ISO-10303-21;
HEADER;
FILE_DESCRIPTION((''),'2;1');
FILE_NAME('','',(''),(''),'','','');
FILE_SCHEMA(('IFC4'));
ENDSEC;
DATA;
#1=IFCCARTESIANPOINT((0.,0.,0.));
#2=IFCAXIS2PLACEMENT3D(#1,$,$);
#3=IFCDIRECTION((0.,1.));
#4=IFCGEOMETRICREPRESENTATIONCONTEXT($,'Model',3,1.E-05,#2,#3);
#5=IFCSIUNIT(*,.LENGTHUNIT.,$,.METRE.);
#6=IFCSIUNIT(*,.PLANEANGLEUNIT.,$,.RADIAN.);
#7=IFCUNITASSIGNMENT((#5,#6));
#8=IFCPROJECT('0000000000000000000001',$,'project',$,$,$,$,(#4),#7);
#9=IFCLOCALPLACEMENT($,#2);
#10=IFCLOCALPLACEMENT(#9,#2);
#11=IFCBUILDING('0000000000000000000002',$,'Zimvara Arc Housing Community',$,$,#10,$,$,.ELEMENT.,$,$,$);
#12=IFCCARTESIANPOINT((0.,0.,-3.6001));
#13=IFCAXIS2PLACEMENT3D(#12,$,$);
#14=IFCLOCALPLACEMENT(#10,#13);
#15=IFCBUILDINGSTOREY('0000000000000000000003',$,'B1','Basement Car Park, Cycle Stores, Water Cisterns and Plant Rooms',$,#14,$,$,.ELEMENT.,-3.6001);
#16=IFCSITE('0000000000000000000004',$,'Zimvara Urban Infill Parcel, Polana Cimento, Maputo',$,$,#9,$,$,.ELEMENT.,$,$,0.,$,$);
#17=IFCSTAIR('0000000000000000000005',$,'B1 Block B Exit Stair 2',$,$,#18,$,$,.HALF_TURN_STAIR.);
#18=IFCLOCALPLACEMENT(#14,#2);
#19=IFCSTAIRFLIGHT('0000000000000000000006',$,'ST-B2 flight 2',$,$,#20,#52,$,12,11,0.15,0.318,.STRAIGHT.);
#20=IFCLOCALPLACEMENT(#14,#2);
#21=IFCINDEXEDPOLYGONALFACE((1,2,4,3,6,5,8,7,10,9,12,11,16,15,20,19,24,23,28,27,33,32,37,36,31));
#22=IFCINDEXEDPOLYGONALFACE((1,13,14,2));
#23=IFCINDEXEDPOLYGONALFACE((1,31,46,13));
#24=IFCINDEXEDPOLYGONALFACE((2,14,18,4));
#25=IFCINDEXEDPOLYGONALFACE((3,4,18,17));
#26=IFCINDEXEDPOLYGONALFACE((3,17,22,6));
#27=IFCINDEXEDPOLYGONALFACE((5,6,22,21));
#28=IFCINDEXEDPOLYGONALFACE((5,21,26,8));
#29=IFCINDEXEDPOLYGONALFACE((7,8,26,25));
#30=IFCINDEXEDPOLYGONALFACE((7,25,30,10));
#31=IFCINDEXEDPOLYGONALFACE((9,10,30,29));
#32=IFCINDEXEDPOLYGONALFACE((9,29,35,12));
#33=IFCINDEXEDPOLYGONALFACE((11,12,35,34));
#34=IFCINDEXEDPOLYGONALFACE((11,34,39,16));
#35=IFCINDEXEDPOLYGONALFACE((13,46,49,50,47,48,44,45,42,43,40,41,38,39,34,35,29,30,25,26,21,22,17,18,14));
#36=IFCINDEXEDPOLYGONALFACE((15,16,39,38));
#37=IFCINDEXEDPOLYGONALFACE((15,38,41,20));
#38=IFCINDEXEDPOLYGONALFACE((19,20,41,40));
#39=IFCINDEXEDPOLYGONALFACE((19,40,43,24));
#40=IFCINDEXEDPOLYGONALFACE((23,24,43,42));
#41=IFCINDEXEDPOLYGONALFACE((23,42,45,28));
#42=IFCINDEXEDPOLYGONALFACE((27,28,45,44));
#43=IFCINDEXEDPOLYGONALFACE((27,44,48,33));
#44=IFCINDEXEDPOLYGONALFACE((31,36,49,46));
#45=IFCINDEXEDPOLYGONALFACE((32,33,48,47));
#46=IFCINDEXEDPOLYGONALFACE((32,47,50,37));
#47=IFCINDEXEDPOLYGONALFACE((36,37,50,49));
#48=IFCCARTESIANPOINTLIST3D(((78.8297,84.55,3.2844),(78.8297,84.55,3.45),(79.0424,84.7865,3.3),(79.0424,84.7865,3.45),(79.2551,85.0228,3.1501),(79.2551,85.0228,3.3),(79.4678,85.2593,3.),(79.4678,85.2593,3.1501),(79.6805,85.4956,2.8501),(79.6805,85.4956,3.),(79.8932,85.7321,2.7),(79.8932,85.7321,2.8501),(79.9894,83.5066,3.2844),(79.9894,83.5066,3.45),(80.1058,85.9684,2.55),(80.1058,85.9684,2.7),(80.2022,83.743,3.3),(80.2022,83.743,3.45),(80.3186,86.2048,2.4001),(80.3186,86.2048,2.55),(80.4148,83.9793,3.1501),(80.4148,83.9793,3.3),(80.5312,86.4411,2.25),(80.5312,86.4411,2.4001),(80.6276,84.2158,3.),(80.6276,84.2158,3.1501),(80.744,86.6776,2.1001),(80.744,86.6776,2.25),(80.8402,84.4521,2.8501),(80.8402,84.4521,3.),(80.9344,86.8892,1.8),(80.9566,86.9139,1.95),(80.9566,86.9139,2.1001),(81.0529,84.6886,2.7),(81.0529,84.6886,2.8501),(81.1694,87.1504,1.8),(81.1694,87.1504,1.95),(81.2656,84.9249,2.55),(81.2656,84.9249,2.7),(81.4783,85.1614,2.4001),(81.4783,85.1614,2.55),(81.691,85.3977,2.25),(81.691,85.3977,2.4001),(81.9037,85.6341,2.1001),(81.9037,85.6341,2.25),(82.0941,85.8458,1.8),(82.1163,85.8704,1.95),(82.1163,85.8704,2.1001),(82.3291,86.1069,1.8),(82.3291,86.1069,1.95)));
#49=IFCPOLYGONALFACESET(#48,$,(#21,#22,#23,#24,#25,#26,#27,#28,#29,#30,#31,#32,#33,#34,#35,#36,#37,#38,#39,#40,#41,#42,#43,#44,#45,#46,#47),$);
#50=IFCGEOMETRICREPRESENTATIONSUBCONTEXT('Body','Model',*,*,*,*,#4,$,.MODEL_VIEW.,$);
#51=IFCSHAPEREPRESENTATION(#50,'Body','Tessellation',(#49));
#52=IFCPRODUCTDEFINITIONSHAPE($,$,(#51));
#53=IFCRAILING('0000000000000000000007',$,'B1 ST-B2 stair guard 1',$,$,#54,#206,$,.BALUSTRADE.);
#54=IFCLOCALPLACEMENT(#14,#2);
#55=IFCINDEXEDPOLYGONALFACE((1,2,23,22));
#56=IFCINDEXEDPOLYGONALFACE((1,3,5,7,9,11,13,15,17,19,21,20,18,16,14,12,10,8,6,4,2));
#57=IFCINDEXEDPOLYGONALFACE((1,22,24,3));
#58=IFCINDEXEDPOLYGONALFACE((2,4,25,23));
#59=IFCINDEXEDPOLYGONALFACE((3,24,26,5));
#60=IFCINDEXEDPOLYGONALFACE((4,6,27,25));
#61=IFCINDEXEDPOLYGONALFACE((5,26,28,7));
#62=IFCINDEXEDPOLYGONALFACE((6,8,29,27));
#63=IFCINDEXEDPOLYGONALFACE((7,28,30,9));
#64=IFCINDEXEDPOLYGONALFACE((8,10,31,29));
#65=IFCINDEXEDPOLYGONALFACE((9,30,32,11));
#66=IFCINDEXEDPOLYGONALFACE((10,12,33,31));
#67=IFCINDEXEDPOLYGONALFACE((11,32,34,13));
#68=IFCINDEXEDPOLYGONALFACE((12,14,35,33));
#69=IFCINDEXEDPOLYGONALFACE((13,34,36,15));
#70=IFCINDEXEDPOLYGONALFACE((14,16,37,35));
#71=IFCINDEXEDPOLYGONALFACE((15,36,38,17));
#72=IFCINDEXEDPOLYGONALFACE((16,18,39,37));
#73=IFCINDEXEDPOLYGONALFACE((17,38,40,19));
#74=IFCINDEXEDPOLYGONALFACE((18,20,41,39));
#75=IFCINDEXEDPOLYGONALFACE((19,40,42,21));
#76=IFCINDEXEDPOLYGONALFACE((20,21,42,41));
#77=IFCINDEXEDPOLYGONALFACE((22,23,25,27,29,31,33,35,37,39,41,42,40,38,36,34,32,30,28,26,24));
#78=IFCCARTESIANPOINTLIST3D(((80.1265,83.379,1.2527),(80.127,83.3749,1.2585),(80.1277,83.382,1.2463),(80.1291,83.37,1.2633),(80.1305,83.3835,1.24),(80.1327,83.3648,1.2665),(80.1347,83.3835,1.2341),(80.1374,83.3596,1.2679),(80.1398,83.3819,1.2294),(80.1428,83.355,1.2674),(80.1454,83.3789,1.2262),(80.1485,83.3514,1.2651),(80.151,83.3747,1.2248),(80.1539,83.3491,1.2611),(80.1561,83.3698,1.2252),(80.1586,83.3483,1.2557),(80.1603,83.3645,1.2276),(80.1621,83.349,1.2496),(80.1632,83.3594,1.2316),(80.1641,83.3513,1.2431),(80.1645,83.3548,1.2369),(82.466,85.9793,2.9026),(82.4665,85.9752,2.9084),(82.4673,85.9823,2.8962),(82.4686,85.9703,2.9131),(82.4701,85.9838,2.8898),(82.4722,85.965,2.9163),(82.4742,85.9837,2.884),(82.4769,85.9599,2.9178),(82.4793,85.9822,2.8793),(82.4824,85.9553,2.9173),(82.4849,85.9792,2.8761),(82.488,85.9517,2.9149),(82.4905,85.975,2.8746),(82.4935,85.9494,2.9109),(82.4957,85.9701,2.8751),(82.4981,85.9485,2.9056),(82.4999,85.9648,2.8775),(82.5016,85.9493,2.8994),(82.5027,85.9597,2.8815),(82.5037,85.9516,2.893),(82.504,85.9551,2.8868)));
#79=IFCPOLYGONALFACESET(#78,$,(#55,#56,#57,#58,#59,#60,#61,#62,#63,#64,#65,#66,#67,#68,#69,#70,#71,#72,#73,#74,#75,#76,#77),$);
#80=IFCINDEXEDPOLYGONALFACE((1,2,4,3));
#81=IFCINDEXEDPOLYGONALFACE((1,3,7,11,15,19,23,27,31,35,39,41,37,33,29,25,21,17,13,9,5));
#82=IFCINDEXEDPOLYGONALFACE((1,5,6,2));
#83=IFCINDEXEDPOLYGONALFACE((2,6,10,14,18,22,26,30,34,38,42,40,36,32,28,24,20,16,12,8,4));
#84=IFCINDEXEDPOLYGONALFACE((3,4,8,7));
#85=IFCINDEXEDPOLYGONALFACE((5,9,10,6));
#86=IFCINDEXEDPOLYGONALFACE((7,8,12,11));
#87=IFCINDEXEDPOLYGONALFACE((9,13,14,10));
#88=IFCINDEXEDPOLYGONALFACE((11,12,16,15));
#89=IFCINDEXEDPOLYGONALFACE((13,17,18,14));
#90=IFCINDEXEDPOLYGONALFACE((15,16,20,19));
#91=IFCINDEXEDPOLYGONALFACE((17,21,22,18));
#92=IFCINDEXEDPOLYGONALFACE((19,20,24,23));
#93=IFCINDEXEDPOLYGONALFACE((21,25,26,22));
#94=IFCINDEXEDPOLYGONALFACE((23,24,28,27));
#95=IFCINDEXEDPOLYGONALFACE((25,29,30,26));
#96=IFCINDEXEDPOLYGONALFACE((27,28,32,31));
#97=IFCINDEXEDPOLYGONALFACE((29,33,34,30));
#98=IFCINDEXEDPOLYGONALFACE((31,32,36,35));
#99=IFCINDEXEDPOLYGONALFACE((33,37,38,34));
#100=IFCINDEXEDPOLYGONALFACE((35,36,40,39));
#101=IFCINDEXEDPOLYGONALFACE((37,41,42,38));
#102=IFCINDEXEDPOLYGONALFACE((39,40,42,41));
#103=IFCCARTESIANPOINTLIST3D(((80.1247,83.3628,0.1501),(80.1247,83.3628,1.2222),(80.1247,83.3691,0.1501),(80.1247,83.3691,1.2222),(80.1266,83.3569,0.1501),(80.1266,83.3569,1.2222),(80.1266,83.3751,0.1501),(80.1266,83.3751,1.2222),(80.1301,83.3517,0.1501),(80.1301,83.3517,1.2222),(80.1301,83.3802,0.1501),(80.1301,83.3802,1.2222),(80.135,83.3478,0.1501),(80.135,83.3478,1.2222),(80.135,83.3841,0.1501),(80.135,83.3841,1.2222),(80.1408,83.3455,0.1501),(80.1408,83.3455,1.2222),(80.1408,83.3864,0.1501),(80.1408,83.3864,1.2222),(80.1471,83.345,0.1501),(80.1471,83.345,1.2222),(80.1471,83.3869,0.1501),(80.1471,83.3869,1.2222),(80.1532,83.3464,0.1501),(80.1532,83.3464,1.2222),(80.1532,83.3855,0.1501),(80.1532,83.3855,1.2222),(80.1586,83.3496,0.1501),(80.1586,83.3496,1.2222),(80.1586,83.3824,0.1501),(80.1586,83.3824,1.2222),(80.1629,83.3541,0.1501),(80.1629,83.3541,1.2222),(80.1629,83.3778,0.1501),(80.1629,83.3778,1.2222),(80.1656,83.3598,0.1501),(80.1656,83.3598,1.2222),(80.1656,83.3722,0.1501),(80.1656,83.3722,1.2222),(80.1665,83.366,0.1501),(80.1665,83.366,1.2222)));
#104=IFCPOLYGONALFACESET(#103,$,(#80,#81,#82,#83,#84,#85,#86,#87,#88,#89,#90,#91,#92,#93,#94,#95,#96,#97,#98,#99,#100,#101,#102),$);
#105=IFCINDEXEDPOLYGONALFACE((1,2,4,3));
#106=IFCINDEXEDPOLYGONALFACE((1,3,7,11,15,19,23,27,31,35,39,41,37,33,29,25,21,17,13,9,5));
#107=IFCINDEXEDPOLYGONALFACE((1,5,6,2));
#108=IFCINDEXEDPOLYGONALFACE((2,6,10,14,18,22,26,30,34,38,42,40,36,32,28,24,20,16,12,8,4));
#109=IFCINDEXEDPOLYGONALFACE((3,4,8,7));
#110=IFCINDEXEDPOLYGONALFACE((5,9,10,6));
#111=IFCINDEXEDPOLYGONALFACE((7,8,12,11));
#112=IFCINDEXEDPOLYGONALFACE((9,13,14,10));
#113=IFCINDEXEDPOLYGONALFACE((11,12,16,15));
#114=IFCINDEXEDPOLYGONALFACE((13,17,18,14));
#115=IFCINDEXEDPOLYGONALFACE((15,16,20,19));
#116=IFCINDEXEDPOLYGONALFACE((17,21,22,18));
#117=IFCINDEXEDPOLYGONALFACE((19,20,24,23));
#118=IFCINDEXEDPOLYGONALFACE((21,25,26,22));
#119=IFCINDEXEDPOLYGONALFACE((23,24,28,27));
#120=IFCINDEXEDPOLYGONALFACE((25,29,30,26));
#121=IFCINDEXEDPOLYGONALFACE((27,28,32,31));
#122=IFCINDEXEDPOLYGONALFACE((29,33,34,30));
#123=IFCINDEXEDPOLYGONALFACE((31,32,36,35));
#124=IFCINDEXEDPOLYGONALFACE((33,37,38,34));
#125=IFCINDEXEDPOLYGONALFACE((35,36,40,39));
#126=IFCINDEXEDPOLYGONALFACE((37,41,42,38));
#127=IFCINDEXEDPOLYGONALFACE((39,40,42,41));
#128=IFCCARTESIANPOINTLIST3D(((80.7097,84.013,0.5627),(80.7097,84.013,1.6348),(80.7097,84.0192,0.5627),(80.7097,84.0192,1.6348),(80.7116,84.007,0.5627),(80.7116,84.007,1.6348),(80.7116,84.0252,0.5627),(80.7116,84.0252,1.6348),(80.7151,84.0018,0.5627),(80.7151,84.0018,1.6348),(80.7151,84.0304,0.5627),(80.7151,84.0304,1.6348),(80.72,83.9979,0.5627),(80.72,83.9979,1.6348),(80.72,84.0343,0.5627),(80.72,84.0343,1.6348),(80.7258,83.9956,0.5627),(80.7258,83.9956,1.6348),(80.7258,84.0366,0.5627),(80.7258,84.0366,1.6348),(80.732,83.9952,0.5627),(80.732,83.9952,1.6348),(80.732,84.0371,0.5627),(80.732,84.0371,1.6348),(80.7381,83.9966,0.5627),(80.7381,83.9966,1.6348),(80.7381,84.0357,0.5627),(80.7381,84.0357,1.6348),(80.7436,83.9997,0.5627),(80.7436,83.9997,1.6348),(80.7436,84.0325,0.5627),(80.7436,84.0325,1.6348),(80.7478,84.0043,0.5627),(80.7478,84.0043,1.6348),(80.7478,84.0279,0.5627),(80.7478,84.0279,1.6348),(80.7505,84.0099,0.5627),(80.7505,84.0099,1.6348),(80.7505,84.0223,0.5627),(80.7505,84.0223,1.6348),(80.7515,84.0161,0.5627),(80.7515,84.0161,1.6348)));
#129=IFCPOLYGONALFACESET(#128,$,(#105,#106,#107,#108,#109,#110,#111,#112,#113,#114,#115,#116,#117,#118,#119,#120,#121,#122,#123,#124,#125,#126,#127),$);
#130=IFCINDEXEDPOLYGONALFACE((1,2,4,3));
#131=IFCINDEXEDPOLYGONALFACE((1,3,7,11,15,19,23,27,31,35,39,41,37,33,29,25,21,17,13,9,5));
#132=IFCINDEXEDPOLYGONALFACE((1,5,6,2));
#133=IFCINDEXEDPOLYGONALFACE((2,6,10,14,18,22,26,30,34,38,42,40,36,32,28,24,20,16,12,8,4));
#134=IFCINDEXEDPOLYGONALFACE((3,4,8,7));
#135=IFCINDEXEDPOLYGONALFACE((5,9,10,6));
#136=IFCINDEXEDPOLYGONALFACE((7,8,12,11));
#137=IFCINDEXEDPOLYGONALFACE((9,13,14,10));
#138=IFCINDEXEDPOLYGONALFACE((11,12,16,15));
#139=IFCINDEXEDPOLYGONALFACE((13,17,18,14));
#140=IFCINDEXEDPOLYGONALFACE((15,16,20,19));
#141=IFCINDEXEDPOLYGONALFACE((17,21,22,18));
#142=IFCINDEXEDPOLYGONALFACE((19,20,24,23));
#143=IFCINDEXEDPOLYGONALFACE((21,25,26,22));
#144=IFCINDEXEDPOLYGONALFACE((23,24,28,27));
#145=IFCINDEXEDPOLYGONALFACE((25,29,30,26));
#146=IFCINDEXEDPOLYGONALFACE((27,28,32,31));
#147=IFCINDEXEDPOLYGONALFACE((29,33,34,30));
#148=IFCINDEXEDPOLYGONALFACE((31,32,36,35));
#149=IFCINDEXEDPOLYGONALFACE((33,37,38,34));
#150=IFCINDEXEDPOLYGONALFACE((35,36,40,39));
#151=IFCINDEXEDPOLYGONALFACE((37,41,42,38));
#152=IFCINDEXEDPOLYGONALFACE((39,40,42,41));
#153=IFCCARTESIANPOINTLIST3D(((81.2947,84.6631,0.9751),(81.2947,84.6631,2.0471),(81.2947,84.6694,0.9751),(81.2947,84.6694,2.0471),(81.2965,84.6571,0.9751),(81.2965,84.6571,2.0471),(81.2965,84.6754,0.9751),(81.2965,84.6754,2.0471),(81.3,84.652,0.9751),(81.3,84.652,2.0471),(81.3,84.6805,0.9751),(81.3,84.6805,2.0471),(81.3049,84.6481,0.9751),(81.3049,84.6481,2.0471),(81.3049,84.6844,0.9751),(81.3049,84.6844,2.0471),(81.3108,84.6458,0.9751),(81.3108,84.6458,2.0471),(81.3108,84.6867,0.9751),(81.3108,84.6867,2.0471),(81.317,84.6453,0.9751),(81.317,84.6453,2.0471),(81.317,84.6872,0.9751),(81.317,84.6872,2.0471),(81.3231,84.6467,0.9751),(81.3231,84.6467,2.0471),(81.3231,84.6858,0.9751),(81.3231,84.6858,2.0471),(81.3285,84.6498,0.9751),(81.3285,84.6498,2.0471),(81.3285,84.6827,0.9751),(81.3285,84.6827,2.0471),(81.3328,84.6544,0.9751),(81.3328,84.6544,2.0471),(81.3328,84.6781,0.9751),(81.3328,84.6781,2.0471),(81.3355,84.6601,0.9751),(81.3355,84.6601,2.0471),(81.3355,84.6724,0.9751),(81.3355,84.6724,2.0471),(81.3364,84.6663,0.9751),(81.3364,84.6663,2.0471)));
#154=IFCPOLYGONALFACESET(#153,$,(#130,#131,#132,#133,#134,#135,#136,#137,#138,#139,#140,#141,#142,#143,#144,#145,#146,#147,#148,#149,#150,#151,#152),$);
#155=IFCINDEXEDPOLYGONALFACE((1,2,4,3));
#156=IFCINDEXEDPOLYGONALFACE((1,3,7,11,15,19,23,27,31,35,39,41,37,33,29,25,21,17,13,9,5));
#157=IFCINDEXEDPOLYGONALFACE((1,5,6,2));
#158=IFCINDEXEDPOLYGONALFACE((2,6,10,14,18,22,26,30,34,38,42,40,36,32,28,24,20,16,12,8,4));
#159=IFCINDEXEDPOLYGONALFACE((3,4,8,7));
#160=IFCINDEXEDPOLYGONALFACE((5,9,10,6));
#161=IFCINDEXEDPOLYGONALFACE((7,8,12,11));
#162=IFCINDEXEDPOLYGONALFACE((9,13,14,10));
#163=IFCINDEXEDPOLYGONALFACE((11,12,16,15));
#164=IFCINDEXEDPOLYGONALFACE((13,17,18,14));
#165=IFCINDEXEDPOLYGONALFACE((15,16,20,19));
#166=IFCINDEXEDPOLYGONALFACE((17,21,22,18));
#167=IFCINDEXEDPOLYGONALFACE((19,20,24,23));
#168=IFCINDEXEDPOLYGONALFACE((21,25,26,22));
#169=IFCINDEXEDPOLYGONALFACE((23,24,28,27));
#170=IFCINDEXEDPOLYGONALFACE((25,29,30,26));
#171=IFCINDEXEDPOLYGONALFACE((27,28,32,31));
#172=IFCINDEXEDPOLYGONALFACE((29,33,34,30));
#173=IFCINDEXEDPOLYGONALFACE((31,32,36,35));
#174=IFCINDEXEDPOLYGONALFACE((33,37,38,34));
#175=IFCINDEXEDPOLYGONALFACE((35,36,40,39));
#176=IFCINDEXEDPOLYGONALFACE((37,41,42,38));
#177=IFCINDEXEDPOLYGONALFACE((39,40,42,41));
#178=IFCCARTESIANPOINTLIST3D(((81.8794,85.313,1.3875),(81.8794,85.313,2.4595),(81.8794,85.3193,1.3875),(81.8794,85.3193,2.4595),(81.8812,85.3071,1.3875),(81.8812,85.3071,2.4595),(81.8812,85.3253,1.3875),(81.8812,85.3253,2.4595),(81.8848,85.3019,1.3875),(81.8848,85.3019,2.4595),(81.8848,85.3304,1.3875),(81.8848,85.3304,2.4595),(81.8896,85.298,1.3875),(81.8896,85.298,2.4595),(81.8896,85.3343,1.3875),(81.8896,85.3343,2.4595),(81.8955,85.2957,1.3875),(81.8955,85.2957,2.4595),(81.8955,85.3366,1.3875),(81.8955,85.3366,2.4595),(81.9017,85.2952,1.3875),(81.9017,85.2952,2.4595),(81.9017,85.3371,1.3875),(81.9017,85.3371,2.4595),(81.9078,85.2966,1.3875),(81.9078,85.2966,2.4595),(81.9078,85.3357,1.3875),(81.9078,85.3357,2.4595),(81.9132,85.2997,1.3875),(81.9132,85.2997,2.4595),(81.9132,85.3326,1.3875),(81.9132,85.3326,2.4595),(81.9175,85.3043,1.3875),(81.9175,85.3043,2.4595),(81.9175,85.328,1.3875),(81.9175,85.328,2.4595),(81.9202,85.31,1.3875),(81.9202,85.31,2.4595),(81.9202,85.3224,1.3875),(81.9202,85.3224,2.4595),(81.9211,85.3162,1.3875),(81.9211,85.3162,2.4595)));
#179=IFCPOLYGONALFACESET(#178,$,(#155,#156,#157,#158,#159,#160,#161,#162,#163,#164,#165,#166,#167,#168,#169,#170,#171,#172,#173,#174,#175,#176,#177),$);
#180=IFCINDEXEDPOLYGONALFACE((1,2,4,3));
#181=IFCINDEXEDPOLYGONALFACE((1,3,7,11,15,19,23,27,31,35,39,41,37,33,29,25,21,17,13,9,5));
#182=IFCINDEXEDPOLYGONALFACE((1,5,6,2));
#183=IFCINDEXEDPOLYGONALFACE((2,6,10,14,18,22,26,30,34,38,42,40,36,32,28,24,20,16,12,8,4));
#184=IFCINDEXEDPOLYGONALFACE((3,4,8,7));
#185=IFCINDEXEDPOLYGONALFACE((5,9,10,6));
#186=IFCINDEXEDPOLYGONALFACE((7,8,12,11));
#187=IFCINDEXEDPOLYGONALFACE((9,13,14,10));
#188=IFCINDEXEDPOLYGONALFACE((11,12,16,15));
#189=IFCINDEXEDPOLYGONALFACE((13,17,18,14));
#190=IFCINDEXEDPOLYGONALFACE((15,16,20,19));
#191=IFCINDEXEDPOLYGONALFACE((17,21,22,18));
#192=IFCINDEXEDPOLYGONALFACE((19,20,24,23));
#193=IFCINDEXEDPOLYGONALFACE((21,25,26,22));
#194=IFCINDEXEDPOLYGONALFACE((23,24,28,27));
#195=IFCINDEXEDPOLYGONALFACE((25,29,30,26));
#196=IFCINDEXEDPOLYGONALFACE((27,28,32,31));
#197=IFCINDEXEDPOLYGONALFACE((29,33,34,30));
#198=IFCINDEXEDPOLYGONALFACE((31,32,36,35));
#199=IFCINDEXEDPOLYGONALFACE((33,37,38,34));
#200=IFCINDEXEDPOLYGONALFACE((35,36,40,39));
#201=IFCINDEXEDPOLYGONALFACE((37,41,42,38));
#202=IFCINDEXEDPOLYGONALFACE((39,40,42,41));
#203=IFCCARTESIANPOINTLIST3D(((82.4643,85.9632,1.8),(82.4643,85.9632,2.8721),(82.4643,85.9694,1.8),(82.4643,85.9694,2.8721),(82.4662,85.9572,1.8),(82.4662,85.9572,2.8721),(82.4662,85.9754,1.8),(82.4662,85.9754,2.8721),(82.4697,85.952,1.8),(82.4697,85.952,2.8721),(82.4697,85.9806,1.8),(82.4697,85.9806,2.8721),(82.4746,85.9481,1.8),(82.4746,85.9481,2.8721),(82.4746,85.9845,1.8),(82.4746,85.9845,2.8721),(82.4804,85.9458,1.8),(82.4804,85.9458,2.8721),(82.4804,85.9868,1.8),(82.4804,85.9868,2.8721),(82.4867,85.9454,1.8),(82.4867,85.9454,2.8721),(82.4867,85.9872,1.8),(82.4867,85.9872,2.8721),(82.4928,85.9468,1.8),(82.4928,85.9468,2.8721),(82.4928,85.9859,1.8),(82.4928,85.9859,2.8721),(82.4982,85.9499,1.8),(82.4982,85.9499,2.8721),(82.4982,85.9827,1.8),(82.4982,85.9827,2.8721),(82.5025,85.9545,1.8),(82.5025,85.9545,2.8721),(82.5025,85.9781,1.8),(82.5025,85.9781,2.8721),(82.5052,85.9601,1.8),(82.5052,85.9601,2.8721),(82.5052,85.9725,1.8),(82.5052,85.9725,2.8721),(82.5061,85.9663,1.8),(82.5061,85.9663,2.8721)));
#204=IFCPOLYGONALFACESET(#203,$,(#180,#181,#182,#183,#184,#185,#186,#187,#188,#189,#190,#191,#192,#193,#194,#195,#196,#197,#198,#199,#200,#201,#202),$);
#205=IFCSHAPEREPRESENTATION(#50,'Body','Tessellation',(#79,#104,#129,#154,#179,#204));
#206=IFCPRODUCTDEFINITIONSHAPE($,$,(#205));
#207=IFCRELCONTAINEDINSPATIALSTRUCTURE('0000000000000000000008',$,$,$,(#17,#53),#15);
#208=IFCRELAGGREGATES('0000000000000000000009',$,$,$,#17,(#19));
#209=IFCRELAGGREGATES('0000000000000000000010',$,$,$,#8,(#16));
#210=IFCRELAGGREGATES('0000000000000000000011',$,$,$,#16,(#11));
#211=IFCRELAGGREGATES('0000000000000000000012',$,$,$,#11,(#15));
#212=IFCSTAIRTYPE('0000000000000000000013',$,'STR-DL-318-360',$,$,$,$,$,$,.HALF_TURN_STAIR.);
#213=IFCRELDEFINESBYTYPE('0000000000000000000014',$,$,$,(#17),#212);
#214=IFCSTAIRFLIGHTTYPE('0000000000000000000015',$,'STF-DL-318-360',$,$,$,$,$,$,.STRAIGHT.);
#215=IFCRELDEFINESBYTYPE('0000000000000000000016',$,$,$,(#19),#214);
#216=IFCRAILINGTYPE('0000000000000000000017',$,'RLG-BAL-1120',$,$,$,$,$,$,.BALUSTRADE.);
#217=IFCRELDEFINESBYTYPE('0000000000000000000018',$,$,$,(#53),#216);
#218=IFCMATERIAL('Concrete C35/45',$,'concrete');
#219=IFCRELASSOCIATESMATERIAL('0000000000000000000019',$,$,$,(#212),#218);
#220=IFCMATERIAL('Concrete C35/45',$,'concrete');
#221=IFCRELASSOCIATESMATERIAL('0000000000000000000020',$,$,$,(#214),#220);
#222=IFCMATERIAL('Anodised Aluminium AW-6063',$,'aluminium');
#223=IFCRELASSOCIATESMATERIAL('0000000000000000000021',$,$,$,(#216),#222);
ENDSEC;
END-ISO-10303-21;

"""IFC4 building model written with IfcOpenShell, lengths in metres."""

from ifc_helpers import new_model, si_unit, direction, frame, origin, origin_2d, place, context, subcontext, project, spatial, polyline, circle, outline, extrude, material, type_object, element, aggregate, save


model = new_model("IFC4")

# Units and contexts
model_context = context("Model", 3, precision=1e-05, world=origin(), true_north=direction((0.0, 1.0)))
body_context = subcontext(model_context, "Body", "Model", "MODEL_VIEW")
ifc_project = project(units=[si_unit("LENGTHUNIT", "METRE"), si_unit("PLANEANGLEUNIT", "RADIAN")], contexts=[model_context])

# Site, building, storey
site_placement = place(None, origin())
site = spatial("IfcSite", under=ifc_project, at=site_placement, Name="Zimvara Urban Infill Parcel, Polana Cimento, Maputo", CompositionType="ELEMENT", RefElevation=0.0)
building_placement = place(site_placement, origin())
building = spatial("IfcBuilding", under=site, at=building_placement, Name="Zimvara Arc Housing Community", CompositionType="ELEMENT")
storey_placement = place(building_placement, frame((0.0, 0.0, -3.6001)))
storey = spatial("IfcBuildingStorey", under=building, at=storey_placement, Name="B1", Description="Basement Car Park, Cycle Stores, Water Cisterns and Plant Rooms", CompositionType="ELEMENT", Elevation=-3.6001)

# Stair, stair flight
ifc_material_1 = material(Name="Concrete C35/45", Category="concrete")
stair_type = type_object("IfcStairType", Name="STR-DL-318-360", PredefinedType="HALF_TURN_STAIR", material=ifc_material_1)
stair_placement = place(storey_placement, origin())
stair = element("IfcStair", 1, at=stair_placement, inside=storey, type_object=stair_type, Name="B1 Block B Exit Stair 2", PredefinedType="HALF_TURN_STAIR")
ifc_material_2 = material(Name="Concrete C35/45", Category="concrete")
stair_flight_type = type_object("IfcStairFlightType", Name="STF-DL-318-360", PredefinedType="STRAIGHT", material=ifc_material_2)
stair_flight_placement = place(storey_placement, frame((81.7493, 86.6287, 1.8), z_axis=(0.0, 0.0, 1.0), x_axis=(-0.668871, -0.743378, 0.0)))
stair_flight = element("IfcStairFlight", 2, at=stair_flight_placement, type_object=stair_flight_type, Name="ST-B2 flight 2", NumberOfRisers=12, NumberOfTreads=11, PredefinedType="STRAIGHT", RiserHeight=0.15, TreadLength=0.318, context=body_context, shape_type="SweptSolid", body=[
    extrude(outline(polyline([(0.0, 0.0), (0.0, 0.1499), (0.3181, 0.1499), (0.3181, 0.3), (0.636, 0.3), (0.636, 0.45), (0.9541, 0.45), (0.9541, 0.6001), (1.272, 0.6001), (1.272, 0.75), (1.5901, 0.75), (1.5901, 0.8999), (1.908, 0.8999), (1.908, 1.05), (2.2261, 1.05), (2.2261, 1.2), (2.5439, 1.2), (2.5439, 1.3501), (2.8621, 1.3501), (2.8621, 1.5), (3.1799, 1.5), (3.1799, 1.6499), (3.498, 1.6499), (3.498, 1.8), (3.498, 1.4844), (0.3513, 0.0), (0.0, 0.0)])), frame((0.0, 0.78, 0.0), z_axis=(0.0, -1.0, 0.0), x_axis=(1.0, 0.0, 0.0)), (0.0, 0.0, 1.0), 1.5601),
])
aggregate(stair, [stair_flight])

# Railing
ifc_material_3 = material(Name="Anodised Aluminium AW-6063", Category="aluminium")
railing_type_1 = type_object("IfcRailingType", Name="RLG-BAL-1120", PredefinedType="BALUSTRADE", material=ifc_material_3)
railing_1_placement = place(storey_placement, frame((80.1455, 83.366, 0.1501)))
element("IfcRailing", 3, at=railing_1_placement, inside=storey, type_object=railing_type_1, Name="B1 ST-B2 stair guard 1", PredefinedType="BALUSTRADE", context=body_context, shape_type="SweptSolid", body=[
    extrude(circle(Radius=0.0239, at=origin_2d()), frame((0.0, 0.0, 1.0962), z_axis=(0.604936, 0.672354, 0.426605), x_axis=(-0.743395, 0.668853, 0.0)), (0.0, 0.0, 1.0), 3.8674),
    extrude(circle(Radius=0.021, at=origin_2d()), origin(), (0.0, 0.0, 1.0), 1.072),
    extrude(circle(Radius=0.021, at=origin_2d()), frame((0.585, 0.6501, 0.4126)), (0.0, 0.0, 1.0), 1.072),
    extrude(circle(Radius=0.021, at=origin_2d()), frame((1.1699, 1.3003, 0.825)), (0.0, 0.0, 1.0), 1.072),
    extrude(circle(Radius=0.021, at=origin_2d()), frame((1.7546, 1.9502, 1.2373)), (0.0, 0.0, 1.0), 1.072),
    extrude(circle(Radius=0.021, at=origin_2d()), frame((2.3396, 2.6003, 1.6499)), (0.0, 0.0, 1.0), 1.072),
])

save(model, "model.ifc")
